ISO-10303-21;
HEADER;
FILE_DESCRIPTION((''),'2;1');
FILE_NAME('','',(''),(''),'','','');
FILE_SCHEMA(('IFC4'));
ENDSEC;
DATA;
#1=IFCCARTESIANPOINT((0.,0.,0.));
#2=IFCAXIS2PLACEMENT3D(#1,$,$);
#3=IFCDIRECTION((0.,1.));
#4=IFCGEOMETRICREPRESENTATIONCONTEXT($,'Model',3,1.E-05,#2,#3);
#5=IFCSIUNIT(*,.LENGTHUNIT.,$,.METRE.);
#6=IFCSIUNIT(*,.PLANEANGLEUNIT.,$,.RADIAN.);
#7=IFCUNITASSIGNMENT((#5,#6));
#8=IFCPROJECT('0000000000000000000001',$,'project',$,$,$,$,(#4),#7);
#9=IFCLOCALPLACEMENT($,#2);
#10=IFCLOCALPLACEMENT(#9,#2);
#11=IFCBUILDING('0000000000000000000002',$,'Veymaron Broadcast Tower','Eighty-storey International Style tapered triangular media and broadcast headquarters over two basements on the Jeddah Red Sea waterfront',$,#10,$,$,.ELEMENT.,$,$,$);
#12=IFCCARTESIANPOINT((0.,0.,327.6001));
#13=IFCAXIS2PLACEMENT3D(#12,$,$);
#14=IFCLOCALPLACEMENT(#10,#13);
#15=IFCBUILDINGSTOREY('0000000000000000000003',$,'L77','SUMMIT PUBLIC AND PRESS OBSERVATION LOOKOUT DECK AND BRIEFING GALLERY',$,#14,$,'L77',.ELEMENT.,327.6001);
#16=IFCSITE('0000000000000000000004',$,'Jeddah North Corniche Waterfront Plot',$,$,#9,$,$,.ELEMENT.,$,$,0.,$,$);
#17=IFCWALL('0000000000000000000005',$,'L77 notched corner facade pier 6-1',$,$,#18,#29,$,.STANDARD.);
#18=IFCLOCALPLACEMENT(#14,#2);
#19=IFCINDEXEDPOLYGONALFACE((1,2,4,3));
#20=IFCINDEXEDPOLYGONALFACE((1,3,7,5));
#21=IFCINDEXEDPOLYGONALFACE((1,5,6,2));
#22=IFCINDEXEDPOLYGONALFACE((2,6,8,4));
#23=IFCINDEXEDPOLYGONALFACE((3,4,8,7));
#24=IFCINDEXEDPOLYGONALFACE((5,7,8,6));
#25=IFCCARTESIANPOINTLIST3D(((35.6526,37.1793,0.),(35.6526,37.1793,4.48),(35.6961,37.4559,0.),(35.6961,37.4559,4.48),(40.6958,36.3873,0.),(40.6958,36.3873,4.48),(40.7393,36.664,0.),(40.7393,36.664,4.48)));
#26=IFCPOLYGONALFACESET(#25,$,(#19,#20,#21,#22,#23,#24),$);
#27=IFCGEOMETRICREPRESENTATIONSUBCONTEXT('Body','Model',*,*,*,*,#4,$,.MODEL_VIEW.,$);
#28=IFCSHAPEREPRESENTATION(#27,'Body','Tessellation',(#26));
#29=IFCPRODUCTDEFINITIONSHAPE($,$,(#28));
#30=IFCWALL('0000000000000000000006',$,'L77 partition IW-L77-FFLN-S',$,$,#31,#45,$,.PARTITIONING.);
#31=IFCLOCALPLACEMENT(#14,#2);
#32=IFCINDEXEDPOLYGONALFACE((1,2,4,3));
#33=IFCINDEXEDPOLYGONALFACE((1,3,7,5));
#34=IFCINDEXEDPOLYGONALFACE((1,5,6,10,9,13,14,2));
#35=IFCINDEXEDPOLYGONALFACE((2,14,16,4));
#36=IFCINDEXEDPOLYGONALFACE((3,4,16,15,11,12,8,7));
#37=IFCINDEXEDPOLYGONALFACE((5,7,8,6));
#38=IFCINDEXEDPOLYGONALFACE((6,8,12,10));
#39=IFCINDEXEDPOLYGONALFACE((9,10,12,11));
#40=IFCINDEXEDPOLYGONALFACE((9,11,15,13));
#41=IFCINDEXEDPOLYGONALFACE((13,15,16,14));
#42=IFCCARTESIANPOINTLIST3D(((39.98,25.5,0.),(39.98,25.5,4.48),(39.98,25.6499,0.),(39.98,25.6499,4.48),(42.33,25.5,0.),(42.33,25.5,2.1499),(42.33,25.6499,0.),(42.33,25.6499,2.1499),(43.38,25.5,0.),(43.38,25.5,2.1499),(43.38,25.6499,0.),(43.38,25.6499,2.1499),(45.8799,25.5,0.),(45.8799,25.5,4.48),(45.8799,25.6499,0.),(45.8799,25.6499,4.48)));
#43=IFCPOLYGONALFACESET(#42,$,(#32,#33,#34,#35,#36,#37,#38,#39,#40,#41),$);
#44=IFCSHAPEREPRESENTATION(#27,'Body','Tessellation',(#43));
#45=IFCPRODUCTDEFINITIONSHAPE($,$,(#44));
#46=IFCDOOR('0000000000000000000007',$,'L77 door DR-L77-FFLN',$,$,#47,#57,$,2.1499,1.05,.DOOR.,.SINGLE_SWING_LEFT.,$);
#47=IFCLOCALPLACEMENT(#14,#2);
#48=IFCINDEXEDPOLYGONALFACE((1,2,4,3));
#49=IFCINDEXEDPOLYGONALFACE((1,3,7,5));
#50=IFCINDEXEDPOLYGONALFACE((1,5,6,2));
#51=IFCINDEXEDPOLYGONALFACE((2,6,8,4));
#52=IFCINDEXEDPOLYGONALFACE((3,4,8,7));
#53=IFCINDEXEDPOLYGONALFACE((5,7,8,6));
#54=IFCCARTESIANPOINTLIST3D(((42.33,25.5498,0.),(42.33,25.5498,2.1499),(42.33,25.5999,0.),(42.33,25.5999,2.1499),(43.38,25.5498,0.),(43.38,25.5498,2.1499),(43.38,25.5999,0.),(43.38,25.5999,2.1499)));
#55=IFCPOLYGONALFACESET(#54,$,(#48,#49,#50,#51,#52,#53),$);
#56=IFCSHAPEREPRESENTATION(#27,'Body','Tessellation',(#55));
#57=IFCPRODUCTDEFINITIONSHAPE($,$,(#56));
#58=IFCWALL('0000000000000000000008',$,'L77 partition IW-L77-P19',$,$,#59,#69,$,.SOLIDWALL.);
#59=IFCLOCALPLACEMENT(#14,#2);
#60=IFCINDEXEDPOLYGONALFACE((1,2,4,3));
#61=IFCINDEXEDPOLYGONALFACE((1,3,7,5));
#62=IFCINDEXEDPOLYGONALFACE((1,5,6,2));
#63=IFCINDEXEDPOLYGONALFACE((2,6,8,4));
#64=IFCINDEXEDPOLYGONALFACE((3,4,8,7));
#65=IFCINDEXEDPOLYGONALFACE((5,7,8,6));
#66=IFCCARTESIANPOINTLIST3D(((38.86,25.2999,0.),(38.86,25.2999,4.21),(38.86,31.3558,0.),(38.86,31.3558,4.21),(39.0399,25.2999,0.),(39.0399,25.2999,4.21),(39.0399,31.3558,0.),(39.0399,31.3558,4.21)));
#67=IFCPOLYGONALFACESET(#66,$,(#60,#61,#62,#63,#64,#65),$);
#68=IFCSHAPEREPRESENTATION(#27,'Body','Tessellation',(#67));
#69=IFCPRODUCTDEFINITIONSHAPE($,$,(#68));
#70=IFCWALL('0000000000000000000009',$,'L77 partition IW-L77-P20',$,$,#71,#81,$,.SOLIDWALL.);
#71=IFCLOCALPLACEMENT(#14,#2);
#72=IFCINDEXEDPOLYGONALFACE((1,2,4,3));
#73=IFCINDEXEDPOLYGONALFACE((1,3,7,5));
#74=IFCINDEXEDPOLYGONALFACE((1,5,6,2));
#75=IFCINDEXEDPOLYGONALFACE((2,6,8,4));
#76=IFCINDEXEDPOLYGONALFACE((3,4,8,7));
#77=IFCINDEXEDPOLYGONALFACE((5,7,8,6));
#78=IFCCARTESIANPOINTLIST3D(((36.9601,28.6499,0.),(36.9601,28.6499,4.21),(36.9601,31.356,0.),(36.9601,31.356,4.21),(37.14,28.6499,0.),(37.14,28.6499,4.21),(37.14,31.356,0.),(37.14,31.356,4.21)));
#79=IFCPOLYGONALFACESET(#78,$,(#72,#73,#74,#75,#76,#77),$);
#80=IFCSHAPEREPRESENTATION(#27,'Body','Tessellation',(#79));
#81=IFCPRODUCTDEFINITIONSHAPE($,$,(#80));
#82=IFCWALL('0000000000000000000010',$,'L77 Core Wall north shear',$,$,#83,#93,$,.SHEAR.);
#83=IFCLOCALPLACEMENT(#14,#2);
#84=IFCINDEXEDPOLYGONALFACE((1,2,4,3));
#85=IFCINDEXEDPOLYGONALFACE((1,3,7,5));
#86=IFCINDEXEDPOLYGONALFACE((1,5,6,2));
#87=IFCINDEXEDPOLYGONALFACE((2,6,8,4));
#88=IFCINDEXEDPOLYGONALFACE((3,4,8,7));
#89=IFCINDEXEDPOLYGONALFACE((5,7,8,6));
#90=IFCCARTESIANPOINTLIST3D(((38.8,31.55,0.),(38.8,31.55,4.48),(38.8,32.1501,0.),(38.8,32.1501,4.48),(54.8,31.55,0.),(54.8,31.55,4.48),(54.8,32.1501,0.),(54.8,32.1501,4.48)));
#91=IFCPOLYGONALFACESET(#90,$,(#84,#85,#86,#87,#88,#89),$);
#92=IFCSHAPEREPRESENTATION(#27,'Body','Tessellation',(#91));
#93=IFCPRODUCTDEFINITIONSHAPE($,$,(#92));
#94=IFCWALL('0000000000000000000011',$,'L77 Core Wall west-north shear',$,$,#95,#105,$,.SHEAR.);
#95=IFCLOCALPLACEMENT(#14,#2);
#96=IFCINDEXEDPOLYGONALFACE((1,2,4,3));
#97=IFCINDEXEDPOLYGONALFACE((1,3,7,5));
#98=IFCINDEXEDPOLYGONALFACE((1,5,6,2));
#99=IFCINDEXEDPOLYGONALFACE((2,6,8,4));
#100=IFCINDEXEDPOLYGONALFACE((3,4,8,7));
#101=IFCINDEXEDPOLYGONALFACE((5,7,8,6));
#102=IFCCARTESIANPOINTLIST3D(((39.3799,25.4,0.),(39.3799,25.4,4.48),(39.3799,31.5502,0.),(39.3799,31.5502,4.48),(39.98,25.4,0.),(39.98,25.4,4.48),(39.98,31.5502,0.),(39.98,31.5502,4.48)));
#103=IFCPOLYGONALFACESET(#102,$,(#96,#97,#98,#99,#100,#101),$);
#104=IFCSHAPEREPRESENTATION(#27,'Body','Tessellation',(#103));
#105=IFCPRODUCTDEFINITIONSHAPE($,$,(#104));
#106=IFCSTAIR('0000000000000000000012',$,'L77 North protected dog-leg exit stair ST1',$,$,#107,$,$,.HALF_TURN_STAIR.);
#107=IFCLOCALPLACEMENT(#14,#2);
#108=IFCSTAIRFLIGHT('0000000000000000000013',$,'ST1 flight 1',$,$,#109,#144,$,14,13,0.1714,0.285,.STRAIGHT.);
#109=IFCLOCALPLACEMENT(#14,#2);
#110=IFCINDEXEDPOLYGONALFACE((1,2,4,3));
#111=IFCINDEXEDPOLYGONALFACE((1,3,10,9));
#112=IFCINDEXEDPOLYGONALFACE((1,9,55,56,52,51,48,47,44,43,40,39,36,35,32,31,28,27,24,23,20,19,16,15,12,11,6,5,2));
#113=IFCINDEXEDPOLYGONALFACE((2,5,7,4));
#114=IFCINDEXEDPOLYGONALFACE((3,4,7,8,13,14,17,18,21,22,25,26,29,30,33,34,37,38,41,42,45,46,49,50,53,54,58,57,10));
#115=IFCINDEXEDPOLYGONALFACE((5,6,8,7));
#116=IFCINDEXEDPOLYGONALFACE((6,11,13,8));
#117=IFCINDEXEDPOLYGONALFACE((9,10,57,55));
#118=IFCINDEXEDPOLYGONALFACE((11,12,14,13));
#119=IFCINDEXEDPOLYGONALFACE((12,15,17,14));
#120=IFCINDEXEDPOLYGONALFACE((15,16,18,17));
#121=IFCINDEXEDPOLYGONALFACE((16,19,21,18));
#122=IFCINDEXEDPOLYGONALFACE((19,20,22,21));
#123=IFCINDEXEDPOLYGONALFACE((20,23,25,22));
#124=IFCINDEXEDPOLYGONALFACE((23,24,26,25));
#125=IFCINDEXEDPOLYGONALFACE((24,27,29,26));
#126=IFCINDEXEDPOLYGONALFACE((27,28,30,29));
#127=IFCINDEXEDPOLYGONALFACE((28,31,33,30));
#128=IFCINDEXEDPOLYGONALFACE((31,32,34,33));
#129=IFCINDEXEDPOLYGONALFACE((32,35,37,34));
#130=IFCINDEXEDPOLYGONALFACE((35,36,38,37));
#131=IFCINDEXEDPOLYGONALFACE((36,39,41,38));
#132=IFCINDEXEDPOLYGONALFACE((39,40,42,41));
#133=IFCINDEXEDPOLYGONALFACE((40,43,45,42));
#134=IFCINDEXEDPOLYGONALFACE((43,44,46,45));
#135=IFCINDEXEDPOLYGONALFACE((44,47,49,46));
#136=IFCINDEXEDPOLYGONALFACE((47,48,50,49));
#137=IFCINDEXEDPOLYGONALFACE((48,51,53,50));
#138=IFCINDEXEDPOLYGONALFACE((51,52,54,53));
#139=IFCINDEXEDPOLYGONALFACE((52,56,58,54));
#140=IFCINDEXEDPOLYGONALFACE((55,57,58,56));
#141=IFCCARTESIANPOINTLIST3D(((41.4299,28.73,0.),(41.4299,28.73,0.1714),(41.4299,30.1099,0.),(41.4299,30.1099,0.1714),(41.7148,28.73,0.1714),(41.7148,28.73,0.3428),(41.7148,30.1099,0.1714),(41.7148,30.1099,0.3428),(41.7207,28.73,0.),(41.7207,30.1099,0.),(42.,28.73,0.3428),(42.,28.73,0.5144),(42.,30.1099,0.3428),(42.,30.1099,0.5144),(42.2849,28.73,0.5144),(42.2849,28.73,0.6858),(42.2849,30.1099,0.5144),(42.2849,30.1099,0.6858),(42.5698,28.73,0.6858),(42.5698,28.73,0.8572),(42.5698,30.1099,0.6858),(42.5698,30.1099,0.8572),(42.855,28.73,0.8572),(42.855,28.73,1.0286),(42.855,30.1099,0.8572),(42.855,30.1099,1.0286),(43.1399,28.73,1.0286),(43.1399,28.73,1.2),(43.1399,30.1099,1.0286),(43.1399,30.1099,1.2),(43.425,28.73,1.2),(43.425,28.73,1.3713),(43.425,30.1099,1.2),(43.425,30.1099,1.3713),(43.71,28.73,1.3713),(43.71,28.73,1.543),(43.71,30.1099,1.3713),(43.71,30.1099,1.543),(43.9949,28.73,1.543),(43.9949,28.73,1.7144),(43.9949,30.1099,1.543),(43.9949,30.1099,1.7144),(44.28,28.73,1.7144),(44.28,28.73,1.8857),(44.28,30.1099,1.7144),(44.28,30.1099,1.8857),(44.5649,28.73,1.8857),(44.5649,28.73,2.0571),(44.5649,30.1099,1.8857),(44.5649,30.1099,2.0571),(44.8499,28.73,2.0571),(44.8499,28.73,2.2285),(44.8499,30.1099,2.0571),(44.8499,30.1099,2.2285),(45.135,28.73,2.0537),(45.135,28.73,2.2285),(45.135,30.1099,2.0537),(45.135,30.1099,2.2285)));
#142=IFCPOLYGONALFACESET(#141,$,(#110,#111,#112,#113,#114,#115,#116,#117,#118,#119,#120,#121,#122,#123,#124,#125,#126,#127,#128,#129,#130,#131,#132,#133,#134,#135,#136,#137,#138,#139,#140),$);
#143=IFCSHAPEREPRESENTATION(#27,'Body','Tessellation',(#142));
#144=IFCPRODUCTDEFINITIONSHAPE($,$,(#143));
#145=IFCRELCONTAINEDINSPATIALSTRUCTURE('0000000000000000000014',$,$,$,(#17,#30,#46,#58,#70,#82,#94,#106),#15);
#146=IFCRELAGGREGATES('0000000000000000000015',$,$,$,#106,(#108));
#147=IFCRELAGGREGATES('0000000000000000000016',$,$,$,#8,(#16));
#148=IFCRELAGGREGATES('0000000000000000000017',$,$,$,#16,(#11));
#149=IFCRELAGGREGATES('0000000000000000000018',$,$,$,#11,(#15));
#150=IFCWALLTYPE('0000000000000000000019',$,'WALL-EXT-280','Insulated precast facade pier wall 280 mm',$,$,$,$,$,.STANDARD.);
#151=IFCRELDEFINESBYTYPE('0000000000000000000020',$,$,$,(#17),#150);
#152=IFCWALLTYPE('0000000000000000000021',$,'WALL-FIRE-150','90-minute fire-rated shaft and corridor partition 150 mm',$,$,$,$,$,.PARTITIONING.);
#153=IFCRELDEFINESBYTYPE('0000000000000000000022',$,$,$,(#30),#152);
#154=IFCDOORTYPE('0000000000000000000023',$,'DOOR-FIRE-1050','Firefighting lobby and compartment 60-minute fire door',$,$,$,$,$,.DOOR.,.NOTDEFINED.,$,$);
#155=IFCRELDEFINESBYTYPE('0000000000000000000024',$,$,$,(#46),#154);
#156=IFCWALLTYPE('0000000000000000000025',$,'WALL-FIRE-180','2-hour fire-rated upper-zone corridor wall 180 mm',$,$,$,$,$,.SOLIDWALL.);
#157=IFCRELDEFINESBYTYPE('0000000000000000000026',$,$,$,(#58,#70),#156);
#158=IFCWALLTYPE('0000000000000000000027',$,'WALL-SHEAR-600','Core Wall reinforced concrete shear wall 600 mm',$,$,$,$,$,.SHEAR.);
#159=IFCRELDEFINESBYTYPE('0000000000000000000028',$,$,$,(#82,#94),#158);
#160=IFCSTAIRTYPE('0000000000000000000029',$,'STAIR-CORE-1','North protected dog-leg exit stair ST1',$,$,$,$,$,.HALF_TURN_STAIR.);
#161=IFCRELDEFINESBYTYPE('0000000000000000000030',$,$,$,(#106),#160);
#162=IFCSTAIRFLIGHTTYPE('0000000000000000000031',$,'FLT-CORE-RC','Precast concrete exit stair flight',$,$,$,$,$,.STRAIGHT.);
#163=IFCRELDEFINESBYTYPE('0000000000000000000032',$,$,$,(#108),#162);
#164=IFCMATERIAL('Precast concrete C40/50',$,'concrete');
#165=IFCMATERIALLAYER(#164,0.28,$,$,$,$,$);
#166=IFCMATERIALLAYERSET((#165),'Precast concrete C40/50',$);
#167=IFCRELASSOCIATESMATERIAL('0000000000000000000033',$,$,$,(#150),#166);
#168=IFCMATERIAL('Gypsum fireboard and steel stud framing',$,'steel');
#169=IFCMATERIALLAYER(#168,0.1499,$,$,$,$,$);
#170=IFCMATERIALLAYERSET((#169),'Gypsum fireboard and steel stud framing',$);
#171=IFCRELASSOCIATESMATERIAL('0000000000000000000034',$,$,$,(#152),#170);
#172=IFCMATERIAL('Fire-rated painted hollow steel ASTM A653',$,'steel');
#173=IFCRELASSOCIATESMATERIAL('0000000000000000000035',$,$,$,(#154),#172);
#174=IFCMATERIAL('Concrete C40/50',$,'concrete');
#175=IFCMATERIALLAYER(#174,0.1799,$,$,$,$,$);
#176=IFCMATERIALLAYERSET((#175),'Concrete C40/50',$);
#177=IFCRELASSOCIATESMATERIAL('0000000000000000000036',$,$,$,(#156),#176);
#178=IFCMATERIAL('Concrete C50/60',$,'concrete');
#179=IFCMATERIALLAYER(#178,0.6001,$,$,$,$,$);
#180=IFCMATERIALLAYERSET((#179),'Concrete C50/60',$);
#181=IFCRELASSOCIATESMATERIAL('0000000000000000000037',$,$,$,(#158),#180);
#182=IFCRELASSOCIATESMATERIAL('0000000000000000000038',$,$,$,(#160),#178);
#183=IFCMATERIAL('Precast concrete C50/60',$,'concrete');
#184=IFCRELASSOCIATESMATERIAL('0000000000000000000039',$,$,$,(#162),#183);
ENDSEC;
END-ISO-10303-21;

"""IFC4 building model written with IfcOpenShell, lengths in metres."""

from ifc_helpers import new_model, si_unit, direction, frame, frame_2d, origin, place, context, subcontext, project, spatial, polyline, rectangle, outline, extrude, material, layer, layer_set, type_object, element, fill, aggregate, save


model = new_model("IFC4")

# Units and contexts
model_context = context("Model", 3, precision=1e-05, world=origin(), true_north=direction((0.0, 1.0)))
body_context = subcontext(model_context, "Body", "Model", "MODEL_VIEW")
ifc_project = project(units=[si_unit("LENGTHUNIT", "METRE"), si_unit("PLANEANGLEUNIT", "RADIAN")], contexts=[model_context])

# Site, building, storey
site_placement = place(None, origin())
site = spatial("IfcSite", under=ifc_project, at=site_placement, Name="Jeddah North Corniche Waterfront Plot", CompositionType="ELEMENT", RefElevation=0.0)
building_placement = place(site_placement, origin())
building = spatial("IfcBuilding", under=site, at=building_placement, Name="Veymaron Broadcast Tower", Description="Eighty-storey International Style tapered triangular media and broadcast headquarters over two basements on the Jeddah Red Sea waterfront", CompositionType="ELEMENT")
storey_placement = place(building_placement, frame((0.0, 0.0, 327.6001)))
storey = spatial("IfcBuildingStorey", under=building, at=storey_placement, Name="L77", Description="SUMMIT PUBLIC AND PRESS OBSERVATION LOOKOUT DECK AND BRIEFING GALLERY", LongName="L77", CompositionType="ELEMENT", Elevation=327.6001)

# Wall
ifc_material_1 = material(Name="Precast concrete C40/50", Category="concrete")
ifc_layer_1 = layer(ifc_material_1, 0.28)
ifc_layer_set_1 = layer_set([ifc_layer_1], Name="Precast concrete C40/50")
wall_type_1 = type_object("IfcWallType", Name="WALL-EXT-280", Description="Insulated precast facade pier wall 280 mm", PredefinedType="STANDARD", material=ifc_layer_set_1)
wall_1_placement = place(storey_placement, frame((40.7175, 36.5256, 0.0), z_axis=(0.0, 0.0, 1.0), x_axis=(-0.987893, 0.15514, 0.0)))
element("IfcWall", 1, at=wall_1_placement, inside=storey, type_object=wall_type_1, Name="L77 notched corner facade pier 6-1", PredefinedType="STANDARD", context=body_context, shape_type="SweptSolid", body=[
    extrude(rectangle(XDim=5.105, YDim=0.28, at=frame_2d((2.5525, 0.0))), origin(), (0.0, 0.0, 1.0), 4.48),
])

# Wall, opening, door
ifc_material_2 = material(Name="Gypsum fireboard and steel stud framing", Category="steel")
ifc_layer_2 = layer(ifc_material_2, 0.1499)
ifc_layer_set_2 = layer_set([ifc_layer_2], Name="Gypsum fireboard and steel stud framing")
wall_type_2 = type_object("IfcWallType", Name="WALL-FIRE-150", Description="90-minute fire-rated shaft and corridor partition 150 mm", PredefinedType="PARTITIONING", material=ifc_layer_set_2)
wall_2_placement = place(storey_placement, frame((39.98, 25.575, 0.0), z_axis=(0.0, 0.0, 1.0), x_axis=(1.0, 0.0, 0.0)))
wall_2 = element("IfcWall", 2, at=wall_2_placement, inside=storey, type_object=wall_type_2, Name="L77 partition IW-L77-FFLN-S", PredefinedType="PARTITIONING", context=body_context, shape_type="SweptSolid", body=[
    extrude(rectangle(XDim=5.8999, YDim=0.1499, at=frame_2d((2.95, 0.0))), origin(), (0.0, 0.0, 1.0), 4.48),
])
opening_1_placement = place(wall_2_placement, frame((2.3501, 0.0, 0.0)))
opening_1 = element("IfcOpeningElement", 3, at=opening_1_placement, cuts=wall_2, PredefinedType="OPENING", context=body_context, shape_type="SweptSolid", body=[
    extrude(rectangle(XDim=1.05, YDim=2.1499, at=frame_2d((0.5249, 1.075))), frame((0.0, 0.085, 0.0), z_axis=(0.0, -1.0, 0.0), x_axis=(1.0, 0.0, 0.0)), (0.0, 0.0, 1.0), 0.1699),
])
ifc_material_3 = material(Name="Fire-rated painted hollow steel ASTM A653", Category="steel")
door_type_1 = type_object("IfcDoorType", Name="DOOR-FIRE-1050", Description="Firefighting lobby and compartment 60-minute fire door", OperationType="NOTDEFINED", PredefinedType="DOOR", material=ifc_material_3)
door_1_placement = place(opening_1_placement, origin())
door_1 = element("IfcDoor", 4, at=door_1_placement, inside=storey, type_object=door_type_1, Name="L77 door DR-L77-FFLN", OperationType="SINGLE_SWING_LEFT", OverallHeight=2.1499, OverallWidth=1.05, PredefinedType="DOOR", context=body_context, shape_type="SweptSolid", body=[
    extrude(rectangle(XDim=1.05, YDim=2.1499, at=frame_2d((0.5249, 1.075))), frame((0.0, 0.0249, 0.0), z_axis=(0.0, -1.0, 0.0), x_axis=(1.0, 0.0, 0.0)), (0.0, 0.0, 1.0), 0.05),
])
fill(opening_1, door_1)

# Walls
ifc_material_4 = material(Name="Concrete C40/50", Category="concrete")
ifc_layer_3 = layer(ifc_material_4, 0.1799)
ifc_layer_set_3 = layer_set([ifc_layer_3], Name="Concrete C40/50")
wall_type_3 = type_object("IfcWallType", Name="WALL-FIRE-180", Description="2-hour fire-rated upper-zone corridor wall 180 mm", PredefinedType="SOLIDWALL", material=ifc_layer_set_3)
wall_3_placement = place(storey_placement, frame((38.95, 25.3, 0.0), z_axis=(0.0, 0.0, 1.0), x_axis=(0.0, 1.0, 0.0)))
element("IfcWall", 5, at=wall_3_placement, inside=storey, type_object=wall_type_3, Name="L77 partition IW-L77-P19", PredefinedType="SOLIDWALL", context=body_context, shape_type="SweptSolid", body=[
    extrude(rectangle(XDim=6.0559, YDim=0.1799, at=frame_2d((3.0278, 0.0))), origin(), (0.0, 0.0, 1.0), 4.21),
])
wall_4_placement = place(storey_placement, frame((37.05, 28.6499, 0.0), z_axis=(0.0, 0.0, 1.0), x_axis=(0.0, 1.0, 0.0)))
element("IfcWall", 6, at=wall_4_placement, inside=storey, type_object=wall_type_3, Name="L77 partition IW-L77-P20", PredefinedType="SOLIDWALL", context=body_context, shape_type="SweptSolid", body=[
    extrude(rectangle(XDim=2.7061, YDim=0.1799, at=frame_2d((1.353, 0.0))), origin(), (0.0, 0.0, 1.0), 4.21),
])

# Shared definitions
ifc_material_5 = material(Name="Concrete C50/60", Category="concrete")

# Walls
ifc_layer_4 = layer(ifc_material_5, 0.6001)
ifc_layer_set_4 = layer_set([ifc_layer_4], Name="Concrete C50/60")
wall_type_4 = type_object("IfcWallType", Name="WALL-SHEAR-600", Description="Core Wall reinforced concrete shear wall 600 mm", PredefinedType="SHEAR", material=ifc_layer_set_4)
wall_5_placement = place(storey_placement, frame((38.8, 31.8501, 0.0), z_axis=(0.0, 0.0, 1.0), x_axis=(1.0, 0.0, 0.0)))
element("IfcWall", 7, at=wall_5_placement, inside=storey, type_object=wall_type_4, Name="L77 Core Wall north shear", PredefinedType="SHEAR", context=body_context, shape_type="SweptSolid", body=[
    extrude(rectangle(XDim=16.0, YDim=0.6001, at=frame_2d((8.0, 0.0))), origin(), (0.0, 0.0, 1.0), 4.48),
])
wall_6_placement = place(storey_placement, frame((39.6799, 25.3999, 0.0), z_axis=(0.0, 0.0, 1.0), x_axis=(0.0, 1.0, 0.0)))
element("IfcWall", 8, at=wall_6_placement, inside=storey, type_object=wall_type_4, Name="L77 Core Wall west-north shear", PredefinedType="SHEAR", context=body_context, shape_type="SweptSolid", body=[
    extrude(rectangle(XDim=6.1501, YDim=0.6001, at=frame_2d((3.0752, 0.0))), origin(), (0.0, 0.0, 1.0), 4.48),
])

# Stair, stair flight
stair_type = type_object("IfcStairType", Name="STAIR-CORE-1", Description="North protected dog-leg exit stair ST1", PredefinedType="HALF_TURN_STAIR", material=ifc_material_5)
stair_placement = place(storey_placement, origin())
stair = element("IfcStair", 9, at=stair_placement, inside=storey, type_object=stair_type, Name="L77 North protected dog-leg exit stair ST1", PredefinedType="HALF_TURN_STAIR")
ifc_material_6 = material(Name="Precast concrete C50/60", Category="concrete")
stair_flight_type = type_object("IfcStairFlightType", Name="FLT-CORE-RC", Description="Precast concrete exit stair flight", PredefinedType="STRAIGHT", material=ifc_material_6)
stair_flight_1_placement = place(storey_placement, frame((41.4299, 29.4199, 0.0), z_axis=(0.0, 0.0, 1.0), x_axis=(1.0, 0.0, 0.0)))
stair_flight_1 = element("IfcStairFlight", 10, at=stair_flight_1_placement, type_object=stair_flight_type, Name="ST1 flight 1", NumberOfRisers=14, NumberOfTreads=13, PredefinedType="STRAIGHT", RiserHeight=0.1714, TreadLength=0.285, context=body_context, shape_type="SweptSolid", body=[
    extrude(outline(polyline([(0.0, 0.0), (0.0, 0.1714), (0.2849, 0.1714), (0.2849, 0.3428), (0.5701, 0.3428), (0.5701, 0.5144), (0.855, 0.5144), (0.855, 0.6858), (1.1399, 0.6858), (1.1399, 0.8572), (1.425, 0.8572), (1.425, 1.0286), (1.71, 1.0286), (1.71, 1.2), (1.9951, 1.2), (1.9951, 1.3713), (2.28, 1.3713), (2.28, 1.543), (2.5649, 1.543), (2.5649, 1.7144), (2.8501, 1.7144), (2.8501, 1.8857), (3.135, 1.8857), (3.135, 2.0571), (3.4199, 2.0571), (3.4199, 2.2285), (3.7051, 2.2285), (3.7051, 2.3999), (3.7051, 2.0537), (0.2908, 0.0), (0.0, 0.0)])), frame((0.0, 0.6899, 0.0), z_axis=(0.0, -1.0, 0.0), x_axis=(1.0, 0.0, 0.0)), (0.0, 0.0, 1.0), 1.3799),
])
aggregate(stair, [stair_flight_1])

save(model, "model.ifc")
